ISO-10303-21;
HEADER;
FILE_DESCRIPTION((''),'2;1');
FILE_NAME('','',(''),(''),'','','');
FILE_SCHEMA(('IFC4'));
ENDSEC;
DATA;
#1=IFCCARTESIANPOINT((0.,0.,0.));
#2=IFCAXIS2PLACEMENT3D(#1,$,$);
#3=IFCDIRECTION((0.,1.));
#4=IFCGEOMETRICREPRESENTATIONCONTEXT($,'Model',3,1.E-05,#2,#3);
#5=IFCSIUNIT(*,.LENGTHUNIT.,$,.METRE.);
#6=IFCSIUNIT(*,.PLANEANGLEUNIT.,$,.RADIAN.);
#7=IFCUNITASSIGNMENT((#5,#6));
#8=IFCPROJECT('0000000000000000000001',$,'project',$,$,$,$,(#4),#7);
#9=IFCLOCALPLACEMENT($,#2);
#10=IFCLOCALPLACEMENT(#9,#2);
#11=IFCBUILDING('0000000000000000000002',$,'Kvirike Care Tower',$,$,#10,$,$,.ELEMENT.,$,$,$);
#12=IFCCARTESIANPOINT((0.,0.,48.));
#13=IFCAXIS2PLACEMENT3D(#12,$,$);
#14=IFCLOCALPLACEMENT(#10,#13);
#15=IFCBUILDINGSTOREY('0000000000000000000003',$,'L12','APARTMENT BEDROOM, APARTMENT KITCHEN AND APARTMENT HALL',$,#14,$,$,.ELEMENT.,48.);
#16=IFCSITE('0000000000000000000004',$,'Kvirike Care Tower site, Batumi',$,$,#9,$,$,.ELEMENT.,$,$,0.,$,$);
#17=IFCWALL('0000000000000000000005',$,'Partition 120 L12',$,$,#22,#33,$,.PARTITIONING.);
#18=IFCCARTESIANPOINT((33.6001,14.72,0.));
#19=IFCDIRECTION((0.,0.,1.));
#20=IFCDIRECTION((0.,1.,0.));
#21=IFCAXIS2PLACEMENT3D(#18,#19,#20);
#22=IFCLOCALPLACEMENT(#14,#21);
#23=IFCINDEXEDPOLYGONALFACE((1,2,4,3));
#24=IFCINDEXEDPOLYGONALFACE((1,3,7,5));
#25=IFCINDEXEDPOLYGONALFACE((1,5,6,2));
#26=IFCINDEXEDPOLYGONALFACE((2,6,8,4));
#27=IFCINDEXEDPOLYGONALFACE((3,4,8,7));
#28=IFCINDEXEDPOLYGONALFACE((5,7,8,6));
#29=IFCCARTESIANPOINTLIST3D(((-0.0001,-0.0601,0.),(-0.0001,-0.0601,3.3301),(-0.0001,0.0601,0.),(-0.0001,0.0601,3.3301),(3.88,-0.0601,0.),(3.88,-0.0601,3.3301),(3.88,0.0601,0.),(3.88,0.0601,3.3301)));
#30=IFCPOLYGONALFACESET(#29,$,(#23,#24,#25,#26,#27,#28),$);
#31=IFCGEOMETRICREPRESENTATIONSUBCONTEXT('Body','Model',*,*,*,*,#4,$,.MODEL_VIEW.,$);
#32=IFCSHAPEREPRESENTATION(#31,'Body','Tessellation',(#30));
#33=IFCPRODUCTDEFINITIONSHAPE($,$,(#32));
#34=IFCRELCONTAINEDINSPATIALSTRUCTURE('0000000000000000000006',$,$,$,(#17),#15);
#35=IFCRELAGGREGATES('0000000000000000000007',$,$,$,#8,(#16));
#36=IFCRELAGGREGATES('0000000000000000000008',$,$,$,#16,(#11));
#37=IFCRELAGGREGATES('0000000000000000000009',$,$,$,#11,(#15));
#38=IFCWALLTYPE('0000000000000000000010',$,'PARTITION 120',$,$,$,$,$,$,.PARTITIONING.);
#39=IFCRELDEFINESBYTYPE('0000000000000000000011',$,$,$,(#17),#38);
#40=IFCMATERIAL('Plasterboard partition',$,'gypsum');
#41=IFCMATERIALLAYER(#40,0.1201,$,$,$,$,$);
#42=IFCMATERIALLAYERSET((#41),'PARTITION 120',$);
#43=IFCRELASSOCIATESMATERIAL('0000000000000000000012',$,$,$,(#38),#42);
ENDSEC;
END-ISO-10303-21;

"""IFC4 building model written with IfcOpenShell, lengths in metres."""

from ifc_helpers import new_model, si_unit, direction, frame, frame_2d, origin, place, context, subcontext, project, spatial, rectangle, extrude, material, layer, layer_set, type_object, element, save


model = new_model("IFC4")

# Units and contexts
model_context = context("Model", 3, precision=1e-05, world=origin(), true_north=direction((0.0, 1.0)))
body_context = subcontext(model_context, "Body", "Model", "MODEL_VIEW")
ifc_project = project(units=[si_unit("LENGTHUNIT", "METRE"), si_unit("PLANEANGLEUNIT", "RADIAN")], contexts=[model_context])

# Site, building, storey
site_placement = place(None, origin())
site = spatial("IfcSite", under=ifc_project, at=site_placement, Name="Kvirike Care Tower site, Batumi", CompositionType="ELEMENT", RefElevation=0.0)
building_placement = place(site_placement, origin())
building = spatial("IfcBuilding", under=site, at=building_placement, Name="Kvirike Care Tower", CompositionType="ELEMENT")
storey_placement = place(building_placement, frame((0.0, 0.0, 48.0)))
storey = spatial("IfcBuildingStorey", under=building, at=storey_placement, Name="L12", Description="APARTMENT BEDROOM, APARTMENT KITCHEN AND APARTMENT HALL", CompositionType="ELEMENT", Elevation=48.0)

# Shared definitions
ifc_material_1 = material(Name="Plasterboard partition", Category="gypsum")
ifc_layer_1 = layer(ifc_material_1, 0.1201)
ifc_layer_set_1 = layer_set([ifc_layer_1], Name="PARTITION 120")
wall_type_1 = type_object("IfcWallType", Name="PARTITION 120", PredefinedType="PARTITIONING", material=ifc_layer_set_1)

# Wall
wall_1_placement = place(storey_placement, frame((33.6001, 14.72, 0.0), z_axis=(0.0, 0.0, 1.0), x_axis=(0.0, 1.0, 0.0)))
element("IfcWall", 1, at=wall_1_placement, inside=storey, type_object=wall_type_1, Name="Partition 120 L12", PredefinedType="PARTITIONING", context=body_context, shape_type="SweptSolid", body=[
    extrude(rectangle(XDim=3.8801, YDim=0.1201, at=frame_2d((1.9399, 0.0))), origin(), (0.0, 0.0, 1.0), 3.3301),
])

save(model, "model.ifc")
